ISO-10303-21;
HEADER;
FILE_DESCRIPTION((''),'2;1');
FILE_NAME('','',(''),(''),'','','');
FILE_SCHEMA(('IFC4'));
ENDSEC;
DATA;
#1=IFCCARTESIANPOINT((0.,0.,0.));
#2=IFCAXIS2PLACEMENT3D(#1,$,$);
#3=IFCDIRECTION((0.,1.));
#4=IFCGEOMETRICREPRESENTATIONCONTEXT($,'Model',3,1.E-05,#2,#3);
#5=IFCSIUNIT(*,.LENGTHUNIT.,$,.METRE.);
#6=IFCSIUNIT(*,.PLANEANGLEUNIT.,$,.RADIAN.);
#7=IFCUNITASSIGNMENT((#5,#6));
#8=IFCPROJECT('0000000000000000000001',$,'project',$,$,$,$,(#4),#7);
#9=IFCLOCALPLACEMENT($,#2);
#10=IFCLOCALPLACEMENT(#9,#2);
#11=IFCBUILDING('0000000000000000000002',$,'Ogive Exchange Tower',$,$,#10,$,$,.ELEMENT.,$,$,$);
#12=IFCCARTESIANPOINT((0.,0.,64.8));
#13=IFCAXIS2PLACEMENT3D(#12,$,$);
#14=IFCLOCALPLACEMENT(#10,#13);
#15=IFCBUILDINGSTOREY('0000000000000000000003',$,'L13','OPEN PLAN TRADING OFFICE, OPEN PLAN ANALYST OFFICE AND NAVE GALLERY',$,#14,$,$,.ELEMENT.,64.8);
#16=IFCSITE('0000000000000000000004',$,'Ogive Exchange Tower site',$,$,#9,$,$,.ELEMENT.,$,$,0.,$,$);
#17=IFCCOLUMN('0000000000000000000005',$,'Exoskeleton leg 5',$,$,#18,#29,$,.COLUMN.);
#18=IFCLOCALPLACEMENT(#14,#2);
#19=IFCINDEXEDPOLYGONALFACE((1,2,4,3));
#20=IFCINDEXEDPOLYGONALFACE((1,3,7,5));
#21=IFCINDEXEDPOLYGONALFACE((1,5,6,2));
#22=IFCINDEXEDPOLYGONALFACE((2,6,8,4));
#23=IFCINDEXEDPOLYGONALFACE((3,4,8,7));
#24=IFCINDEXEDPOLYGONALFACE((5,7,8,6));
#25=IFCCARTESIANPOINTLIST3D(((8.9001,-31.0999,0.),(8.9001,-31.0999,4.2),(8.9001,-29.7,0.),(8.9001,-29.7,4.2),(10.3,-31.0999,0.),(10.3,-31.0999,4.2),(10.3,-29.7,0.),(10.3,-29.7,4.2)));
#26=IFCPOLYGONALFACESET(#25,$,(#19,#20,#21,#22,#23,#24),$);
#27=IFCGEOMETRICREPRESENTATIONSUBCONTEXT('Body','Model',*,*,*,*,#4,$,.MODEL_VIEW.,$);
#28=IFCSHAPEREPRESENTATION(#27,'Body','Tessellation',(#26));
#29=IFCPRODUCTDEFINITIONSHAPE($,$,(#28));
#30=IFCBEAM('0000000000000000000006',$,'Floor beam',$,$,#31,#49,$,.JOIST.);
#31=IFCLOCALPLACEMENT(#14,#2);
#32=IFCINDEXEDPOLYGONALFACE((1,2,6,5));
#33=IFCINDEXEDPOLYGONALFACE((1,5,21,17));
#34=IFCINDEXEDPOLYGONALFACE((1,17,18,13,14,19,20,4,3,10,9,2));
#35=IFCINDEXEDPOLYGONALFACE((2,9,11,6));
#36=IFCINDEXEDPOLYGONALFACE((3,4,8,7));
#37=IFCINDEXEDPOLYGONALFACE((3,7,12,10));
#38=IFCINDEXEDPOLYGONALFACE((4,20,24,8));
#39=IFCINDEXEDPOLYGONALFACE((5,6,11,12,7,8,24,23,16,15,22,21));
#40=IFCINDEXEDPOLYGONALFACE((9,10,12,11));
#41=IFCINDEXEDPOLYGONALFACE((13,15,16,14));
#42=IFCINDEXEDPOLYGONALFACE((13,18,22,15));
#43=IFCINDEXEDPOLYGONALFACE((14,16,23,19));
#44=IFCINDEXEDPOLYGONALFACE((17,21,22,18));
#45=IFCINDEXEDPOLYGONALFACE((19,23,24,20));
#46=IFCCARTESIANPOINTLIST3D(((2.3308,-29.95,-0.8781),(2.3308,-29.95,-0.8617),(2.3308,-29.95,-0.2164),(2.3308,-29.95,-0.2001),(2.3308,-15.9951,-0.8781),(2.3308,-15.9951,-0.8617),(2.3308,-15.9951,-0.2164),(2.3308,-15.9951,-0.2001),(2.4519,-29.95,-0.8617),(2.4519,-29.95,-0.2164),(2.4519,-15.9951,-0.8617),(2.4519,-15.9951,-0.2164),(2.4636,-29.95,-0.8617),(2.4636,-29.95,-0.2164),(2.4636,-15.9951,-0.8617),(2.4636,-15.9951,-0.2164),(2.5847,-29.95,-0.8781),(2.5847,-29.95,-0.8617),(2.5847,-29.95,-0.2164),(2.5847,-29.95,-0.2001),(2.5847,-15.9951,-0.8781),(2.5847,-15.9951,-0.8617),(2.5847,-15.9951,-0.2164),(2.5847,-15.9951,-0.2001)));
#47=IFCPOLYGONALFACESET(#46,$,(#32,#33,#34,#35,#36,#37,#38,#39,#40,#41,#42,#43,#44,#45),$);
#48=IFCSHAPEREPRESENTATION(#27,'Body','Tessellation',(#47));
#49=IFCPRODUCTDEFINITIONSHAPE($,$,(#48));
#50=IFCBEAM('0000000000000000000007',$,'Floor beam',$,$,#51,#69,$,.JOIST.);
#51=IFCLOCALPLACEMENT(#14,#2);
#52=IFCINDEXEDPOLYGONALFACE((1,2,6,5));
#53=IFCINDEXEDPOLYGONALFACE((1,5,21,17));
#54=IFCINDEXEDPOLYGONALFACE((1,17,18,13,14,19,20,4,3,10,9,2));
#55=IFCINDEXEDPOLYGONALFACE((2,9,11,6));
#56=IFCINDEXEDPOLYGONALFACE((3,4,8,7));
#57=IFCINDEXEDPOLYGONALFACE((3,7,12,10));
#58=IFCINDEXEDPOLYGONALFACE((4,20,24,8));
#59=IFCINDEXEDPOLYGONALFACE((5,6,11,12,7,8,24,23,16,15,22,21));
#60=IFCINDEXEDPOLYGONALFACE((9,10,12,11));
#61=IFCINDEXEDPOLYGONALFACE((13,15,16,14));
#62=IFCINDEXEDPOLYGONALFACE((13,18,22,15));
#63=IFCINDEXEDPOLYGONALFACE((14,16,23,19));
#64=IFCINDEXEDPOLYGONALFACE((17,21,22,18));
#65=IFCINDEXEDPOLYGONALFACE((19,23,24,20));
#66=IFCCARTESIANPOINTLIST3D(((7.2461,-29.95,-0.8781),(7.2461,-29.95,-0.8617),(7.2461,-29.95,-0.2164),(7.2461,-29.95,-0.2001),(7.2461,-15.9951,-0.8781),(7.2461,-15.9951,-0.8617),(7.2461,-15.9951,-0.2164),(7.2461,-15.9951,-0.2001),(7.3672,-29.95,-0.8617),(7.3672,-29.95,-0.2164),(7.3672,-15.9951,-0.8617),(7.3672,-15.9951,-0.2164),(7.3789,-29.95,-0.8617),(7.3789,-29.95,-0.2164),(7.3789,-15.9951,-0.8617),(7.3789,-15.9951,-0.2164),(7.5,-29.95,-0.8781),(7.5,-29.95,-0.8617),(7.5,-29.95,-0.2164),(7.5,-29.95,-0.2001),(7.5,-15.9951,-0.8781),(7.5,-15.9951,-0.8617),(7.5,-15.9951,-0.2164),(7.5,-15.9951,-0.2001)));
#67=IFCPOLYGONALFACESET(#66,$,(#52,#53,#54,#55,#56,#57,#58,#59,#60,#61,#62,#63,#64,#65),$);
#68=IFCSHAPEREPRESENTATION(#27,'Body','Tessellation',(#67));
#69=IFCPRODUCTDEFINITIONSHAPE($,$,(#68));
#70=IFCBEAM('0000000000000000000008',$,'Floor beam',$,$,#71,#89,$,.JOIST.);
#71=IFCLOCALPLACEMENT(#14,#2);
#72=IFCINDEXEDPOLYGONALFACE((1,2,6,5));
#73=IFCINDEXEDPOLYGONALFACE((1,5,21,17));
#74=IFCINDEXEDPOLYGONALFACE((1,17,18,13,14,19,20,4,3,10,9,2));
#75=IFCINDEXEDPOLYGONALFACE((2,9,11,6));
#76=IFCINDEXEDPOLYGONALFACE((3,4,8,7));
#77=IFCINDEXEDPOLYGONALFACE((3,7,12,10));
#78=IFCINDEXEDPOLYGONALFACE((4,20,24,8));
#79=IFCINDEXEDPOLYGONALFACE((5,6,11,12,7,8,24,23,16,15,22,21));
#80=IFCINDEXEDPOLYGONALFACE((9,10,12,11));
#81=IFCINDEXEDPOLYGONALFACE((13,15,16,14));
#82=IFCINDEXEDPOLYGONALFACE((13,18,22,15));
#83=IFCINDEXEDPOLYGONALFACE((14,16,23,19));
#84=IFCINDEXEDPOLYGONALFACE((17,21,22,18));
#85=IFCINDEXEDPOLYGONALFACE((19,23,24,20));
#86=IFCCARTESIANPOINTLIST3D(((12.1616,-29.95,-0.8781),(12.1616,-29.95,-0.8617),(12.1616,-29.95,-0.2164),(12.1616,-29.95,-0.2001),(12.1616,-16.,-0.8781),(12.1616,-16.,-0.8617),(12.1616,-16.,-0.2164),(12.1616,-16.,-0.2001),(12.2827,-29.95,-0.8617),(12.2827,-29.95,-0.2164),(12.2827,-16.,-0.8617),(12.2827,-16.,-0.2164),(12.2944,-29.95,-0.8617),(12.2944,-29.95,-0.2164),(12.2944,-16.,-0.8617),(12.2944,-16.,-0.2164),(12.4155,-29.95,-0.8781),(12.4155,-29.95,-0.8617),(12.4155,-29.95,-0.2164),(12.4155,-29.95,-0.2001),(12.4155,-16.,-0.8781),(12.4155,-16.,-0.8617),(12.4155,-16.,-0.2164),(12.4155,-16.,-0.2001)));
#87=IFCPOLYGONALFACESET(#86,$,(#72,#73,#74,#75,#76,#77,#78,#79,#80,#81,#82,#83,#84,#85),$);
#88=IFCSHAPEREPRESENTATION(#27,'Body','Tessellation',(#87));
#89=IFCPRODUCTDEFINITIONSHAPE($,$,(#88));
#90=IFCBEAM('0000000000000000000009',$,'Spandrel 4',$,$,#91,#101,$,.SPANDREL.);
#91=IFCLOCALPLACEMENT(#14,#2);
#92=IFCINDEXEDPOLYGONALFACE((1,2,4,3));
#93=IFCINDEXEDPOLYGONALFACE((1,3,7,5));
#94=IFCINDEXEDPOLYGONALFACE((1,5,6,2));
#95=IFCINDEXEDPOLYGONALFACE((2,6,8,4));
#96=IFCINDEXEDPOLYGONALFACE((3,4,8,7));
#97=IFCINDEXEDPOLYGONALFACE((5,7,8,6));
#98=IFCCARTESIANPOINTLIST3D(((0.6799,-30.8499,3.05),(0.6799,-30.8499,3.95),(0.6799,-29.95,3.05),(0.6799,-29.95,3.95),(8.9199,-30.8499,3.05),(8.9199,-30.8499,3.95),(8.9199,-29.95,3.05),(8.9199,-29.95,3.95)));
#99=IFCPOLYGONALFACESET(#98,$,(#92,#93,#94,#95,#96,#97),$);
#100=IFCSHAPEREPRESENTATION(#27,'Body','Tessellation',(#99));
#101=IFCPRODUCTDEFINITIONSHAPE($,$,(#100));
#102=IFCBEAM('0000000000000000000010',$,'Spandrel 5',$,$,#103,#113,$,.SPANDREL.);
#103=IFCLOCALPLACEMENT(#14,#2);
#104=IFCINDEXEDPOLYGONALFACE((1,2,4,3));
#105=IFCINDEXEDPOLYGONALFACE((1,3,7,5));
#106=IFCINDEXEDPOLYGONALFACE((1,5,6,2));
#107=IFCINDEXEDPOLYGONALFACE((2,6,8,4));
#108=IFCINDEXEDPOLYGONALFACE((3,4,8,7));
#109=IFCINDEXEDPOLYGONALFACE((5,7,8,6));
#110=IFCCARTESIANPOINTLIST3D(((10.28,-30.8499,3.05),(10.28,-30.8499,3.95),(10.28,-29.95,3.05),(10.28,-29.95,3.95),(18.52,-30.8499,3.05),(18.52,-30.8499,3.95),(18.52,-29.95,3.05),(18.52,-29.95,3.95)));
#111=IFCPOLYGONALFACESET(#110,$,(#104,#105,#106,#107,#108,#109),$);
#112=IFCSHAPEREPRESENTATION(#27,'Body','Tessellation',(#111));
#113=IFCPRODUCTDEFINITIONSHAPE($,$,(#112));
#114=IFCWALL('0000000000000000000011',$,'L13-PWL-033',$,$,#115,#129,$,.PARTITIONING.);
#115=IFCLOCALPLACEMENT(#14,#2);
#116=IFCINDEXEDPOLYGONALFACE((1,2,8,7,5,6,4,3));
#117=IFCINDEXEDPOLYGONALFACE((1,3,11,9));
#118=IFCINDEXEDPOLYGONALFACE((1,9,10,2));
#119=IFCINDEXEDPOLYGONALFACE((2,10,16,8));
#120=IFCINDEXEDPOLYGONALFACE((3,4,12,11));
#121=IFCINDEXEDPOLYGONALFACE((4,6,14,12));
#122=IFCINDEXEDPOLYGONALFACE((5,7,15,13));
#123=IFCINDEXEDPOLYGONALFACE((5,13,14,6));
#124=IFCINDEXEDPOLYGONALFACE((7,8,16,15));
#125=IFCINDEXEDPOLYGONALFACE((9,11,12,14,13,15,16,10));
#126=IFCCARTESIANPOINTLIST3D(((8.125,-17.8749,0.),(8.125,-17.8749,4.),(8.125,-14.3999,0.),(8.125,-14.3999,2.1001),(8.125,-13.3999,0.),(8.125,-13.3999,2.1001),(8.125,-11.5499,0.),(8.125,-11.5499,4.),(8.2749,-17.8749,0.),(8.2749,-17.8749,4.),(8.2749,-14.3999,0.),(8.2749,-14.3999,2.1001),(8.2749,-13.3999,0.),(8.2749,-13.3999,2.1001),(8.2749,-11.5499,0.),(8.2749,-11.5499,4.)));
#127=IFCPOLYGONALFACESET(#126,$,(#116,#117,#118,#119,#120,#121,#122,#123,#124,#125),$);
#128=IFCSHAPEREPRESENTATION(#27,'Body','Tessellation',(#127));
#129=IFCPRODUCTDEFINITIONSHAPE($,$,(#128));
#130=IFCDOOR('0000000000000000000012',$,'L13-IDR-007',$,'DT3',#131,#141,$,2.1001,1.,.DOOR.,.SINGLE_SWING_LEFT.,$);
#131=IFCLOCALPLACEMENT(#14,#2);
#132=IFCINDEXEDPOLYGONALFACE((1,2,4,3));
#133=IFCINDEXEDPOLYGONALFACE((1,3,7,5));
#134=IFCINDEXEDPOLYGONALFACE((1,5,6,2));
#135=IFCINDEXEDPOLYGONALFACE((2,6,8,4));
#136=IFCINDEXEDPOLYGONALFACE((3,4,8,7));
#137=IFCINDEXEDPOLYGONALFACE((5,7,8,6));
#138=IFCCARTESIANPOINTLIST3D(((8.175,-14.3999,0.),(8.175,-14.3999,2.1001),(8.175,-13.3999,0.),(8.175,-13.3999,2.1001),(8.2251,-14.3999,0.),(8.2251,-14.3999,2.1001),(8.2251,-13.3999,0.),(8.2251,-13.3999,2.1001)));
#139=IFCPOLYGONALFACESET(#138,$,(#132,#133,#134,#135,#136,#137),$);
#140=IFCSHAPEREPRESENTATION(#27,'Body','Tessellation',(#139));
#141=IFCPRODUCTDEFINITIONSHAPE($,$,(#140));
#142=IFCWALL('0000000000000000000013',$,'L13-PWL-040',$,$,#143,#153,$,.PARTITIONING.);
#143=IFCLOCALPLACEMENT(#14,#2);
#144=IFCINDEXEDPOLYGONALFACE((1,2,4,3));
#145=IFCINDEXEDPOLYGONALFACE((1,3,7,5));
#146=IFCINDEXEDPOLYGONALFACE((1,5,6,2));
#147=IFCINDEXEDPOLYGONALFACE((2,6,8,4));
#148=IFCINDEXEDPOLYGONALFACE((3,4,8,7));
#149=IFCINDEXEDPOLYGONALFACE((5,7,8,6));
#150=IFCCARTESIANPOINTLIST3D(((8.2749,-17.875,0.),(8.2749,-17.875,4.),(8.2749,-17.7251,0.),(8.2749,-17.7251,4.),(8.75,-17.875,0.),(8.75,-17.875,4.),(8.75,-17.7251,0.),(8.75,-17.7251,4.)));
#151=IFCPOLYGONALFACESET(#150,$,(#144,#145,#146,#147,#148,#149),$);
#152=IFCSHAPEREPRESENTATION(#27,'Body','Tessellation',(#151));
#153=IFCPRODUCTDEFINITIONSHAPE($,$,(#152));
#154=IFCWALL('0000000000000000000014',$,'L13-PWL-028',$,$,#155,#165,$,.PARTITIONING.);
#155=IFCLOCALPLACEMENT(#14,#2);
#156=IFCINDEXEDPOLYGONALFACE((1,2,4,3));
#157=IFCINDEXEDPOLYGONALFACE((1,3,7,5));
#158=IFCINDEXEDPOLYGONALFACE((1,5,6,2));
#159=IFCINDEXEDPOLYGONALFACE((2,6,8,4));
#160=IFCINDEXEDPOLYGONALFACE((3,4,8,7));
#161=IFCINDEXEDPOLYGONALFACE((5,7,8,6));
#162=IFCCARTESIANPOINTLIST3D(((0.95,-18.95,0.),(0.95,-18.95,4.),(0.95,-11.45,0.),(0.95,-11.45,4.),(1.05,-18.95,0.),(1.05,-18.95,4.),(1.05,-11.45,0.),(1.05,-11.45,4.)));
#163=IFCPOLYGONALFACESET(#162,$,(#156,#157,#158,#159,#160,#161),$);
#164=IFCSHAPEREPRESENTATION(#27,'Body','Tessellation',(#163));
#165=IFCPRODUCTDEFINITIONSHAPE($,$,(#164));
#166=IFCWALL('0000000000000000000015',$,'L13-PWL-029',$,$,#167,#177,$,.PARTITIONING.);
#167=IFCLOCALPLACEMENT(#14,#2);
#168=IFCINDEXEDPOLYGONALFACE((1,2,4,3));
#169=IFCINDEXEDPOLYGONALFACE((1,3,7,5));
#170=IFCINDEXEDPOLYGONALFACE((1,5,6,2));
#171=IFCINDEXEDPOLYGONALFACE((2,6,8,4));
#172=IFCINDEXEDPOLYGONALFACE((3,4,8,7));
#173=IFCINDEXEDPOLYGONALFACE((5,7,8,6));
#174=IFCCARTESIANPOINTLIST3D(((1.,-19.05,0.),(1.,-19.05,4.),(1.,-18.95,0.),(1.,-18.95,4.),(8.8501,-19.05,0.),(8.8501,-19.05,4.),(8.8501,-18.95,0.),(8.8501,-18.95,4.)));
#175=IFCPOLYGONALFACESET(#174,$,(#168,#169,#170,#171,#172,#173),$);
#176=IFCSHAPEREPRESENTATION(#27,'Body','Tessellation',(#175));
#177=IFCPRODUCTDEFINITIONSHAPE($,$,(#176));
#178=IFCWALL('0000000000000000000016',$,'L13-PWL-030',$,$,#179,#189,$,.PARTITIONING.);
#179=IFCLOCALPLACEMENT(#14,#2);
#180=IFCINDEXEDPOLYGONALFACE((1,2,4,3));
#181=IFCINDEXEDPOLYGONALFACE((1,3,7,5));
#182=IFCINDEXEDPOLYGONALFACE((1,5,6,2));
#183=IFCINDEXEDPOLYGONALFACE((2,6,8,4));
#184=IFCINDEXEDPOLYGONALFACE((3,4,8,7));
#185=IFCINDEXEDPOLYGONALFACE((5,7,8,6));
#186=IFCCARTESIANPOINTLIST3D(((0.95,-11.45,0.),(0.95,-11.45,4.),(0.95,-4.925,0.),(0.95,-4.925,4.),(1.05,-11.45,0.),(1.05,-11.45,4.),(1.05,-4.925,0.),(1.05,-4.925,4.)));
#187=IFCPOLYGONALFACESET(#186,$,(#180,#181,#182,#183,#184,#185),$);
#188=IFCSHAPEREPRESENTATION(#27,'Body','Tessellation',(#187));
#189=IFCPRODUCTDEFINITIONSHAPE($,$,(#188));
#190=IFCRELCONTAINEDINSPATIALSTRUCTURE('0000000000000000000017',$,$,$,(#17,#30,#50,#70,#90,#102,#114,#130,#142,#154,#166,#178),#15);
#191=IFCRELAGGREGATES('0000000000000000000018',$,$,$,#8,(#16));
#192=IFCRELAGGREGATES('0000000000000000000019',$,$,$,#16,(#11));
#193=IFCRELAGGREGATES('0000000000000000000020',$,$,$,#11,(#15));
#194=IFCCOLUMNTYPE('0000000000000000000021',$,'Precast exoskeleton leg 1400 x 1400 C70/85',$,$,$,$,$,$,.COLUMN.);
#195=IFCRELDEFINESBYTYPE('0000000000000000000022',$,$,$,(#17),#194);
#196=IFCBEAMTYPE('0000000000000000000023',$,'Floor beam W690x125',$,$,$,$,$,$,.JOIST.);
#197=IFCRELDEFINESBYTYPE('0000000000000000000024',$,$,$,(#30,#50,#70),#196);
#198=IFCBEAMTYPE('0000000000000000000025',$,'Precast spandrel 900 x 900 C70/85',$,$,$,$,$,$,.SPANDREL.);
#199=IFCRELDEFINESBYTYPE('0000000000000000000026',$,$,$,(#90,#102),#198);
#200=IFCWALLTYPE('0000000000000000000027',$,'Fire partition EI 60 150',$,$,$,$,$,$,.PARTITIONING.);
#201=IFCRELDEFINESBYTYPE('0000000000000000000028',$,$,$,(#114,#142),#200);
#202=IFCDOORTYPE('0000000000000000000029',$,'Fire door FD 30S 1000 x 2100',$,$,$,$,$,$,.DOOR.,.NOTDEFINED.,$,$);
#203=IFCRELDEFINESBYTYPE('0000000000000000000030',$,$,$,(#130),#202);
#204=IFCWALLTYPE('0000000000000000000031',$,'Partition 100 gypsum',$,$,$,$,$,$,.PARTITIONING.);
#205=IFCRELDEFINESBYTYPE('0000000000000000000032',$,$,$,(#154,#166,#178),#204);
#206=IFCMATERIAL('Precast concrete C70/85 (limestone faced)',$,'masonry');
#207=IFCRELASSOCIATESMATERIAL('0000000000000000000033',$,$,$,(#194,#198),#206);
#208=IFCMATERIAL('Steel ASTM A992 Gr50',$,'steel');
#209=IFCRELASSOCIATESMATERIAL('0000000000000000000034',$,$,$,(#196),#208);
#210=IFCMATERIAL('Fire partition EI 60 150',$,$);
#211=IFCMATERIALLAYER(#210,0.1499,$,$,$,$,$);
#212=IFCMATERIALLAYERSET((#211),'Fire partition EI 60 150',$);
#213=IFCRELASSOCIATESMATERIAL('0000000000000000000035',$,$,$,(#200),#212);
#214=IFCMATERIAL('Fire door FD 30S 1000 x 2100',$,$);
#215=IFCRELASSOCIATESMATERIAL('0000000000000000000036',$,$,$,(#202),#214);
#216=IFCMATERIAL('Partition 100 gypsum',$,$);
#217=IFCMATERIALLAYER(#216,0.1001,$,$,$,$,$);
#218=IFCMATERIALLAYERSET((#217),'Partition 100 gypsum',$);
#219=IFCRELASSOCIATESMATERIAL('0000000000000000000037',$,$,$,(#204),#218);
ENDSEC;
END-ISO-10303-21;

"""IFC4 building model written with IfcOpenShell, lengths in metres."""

from ifc_helpers import new_model, si_unit, direction, frame, frame_2d, origin, origin_2d, place, context, subcontext, project, spatial, rectangle, i_section, extrude, material, layer, layer_set, material_profile, profile_set, type_object, element, fill, save


model = new_model("IFC4")

# Units and contexts
model_context = context("Model", 3, precision=1e-05, world=origin(), true_north=direction((0.0, 1.0)))
body_context = subcontext(model_context, "Body", "Model", "MODEL_VIEW")
ifc_project = project(units=[si_unit("LENGTHUNIT", "METRE"), si_unit("PLANEANGLEUNIT", "RADIAN")], contexts=[model_context])

# Site, building, storey
site_placement = place(None, origin())
site = spatial("IfcSite", under=ifc_project, at=site_placement, Name="Ogive Exchange Tower site", CompositionType="ELEMENT", RefElevation=0.0)
building_placement = place(site_placement, origin())
building = spatial("IfcBuilding", under=site, at=building_placement, Name="Ogive Exchange Tower", CompositionType="ELEMENT")
storey_placement = place(building_placement, frame((0.0, 0.0, 64.8)))
storey = spatial("IfcBuildingStorey", under=building, at=storey_placement, Name="L13", Description="OPEN PLAN TRADING OFFICE, OPEN PLAN ANALYST OFFICE AND NAVE GALLERY", CompositionType="ELEMENT", Elevation=64.8)

# Column
ifc_material_1 = material(Name="Precast concrete C70/85 (limestone faced)", Category="masonry")
ifc_material_profile_1 = material_profile(ifc_material_1, rectangle(XDim=1.3999, YDim=1.3999, at=origin_2d()), Name="1400 x 1400")
ifc_profile_set_1 = profile_set([ifc_material_profile_1], Name="Precast concrete C70/85 (limestone faced)")
column_type = type_object("IfcColumnType", Name="Precast exoskeleton leg 1400 x 1400 C70/85", PredefinedType="COLUMN", material=ifc_profile_set_1)
column_placement = place(storey_placement, frame((9.6001, -30.3999, 0.0), z_axis=(0.0, 0.0, 1.0), x_axis=(1.0, 0.0, 0.0)))
element("IfcColumn", 1, at=column_placement, inside=storey, type_object=column_type, Name="Exoskeleton leg 5", PredefinedType="COLUMN", context=body_context, shape_type="SweptSolid", body=[
    extrude(rectangle(XDim=1.3999, YDim=1.3999, at=origin_2d()), origin(), (0.0, 0.0, 1.0), 4.2),
])

# Beams
ifc_material_2 = material(Name="Steel ASTM A992 Gr50", Category="steel")
ifc_material_profile_2 = material_profile(ifc_material_2, i_section(OverallWidth=0.2539, OverallDepth=0.678, WebThickness=0.0117, FlangeThickness=0.0164, at=origin_2d()), Name="W690x125")
ifc_profile_set_2 = profile_set([ifc_material_profile_2], Name="Steel ASTM A992 Gr50")
beam_type_1 = type_object("IfcBeamType", Name="Floor beam W690x125", PredefinedType="JOIST", material=ifc_profile_set_2)
for number, where, z_axis, x_axis, name in (
    (2, (2.4578, -29.95, -0.5391), (0.0, 1.0, 0.0), (-1.0, 0.0, 0.0), "Floor beam"),
    (3, (7.373, -29.95, -0.5391), (0.0, 1.0, 0.0), (-1.0, 0.0, 0.0), "Floor beam"),
):
    element("IfcBeam", number, at=place(storey_placement, frame(where, z_axis=z_axis, x_axis=x_axis)), inside=storey, type_object=beam_type_1, Name=name, PredefinedType="JOIST", context=body_context, shape_type="SweptSolid", body=[
        extrude(i_section(OverallWidth=0.2539, OverallDepth=0.678, WebThickness=0.0117, FlangeThickness=0.0164, at=origin_2d()), origin(), (0.0, 0.0, 1.0), 13.9548),
    ])
beam_placement = place(storey_placement, frame((12.2886, -29.95, -0.5391), z_axis=(0.0, 1.0, 0.0), x_axis=(-1.0, 0.0, 0.0)))
element("IfcBeam", 4, at=beam_placement, inside=storey, type_object=beam_type_1, Name="Floor beam", PredefinedType="JOIST", context=body_context, shape_type="SweptSolid", body=[
    extrude(i_section(OverallWidth=0.2539, OverallDepth=0.678, WebThickness=0.0117, FlangeThickness=0.0164, at=origin_2d()), origin(), (0.0, 0.0, 1.0), 13.95),
])
ifc_material_profile_3 = material_profile(ifc_material_1, rectangle(XDim=0.8999, YDim=0.8999, at=origin_2d()), Name="900 x 900")
ifc_profile_set_3 = profile_set([ifc_material_profile_3], Name="Precast concrete C70/85 (limestone faced)")
beam_type_2 = type_object("IfcBeamType", Name="Precast spandrel 900 x 900 C70/85", PredefinedType="SPANDREL", material=ifc_profile_set_3)
for number, where, z_axis, x_axis, name in (
    (5, (0.6799, -30.3999, 3.5), (1.0, 0.0, 0.0), (0.0, 1.0, 0.0), "Spandrel 4"),
    (6, (10.28, -30.3999, 3.5), (1.0, 0.0, 0.0), (0.0, 1.0, 0.0), "Spandrel 5"),
):
    element("IfcBeam", number, at=place(storey_placement, frame(where, z_axis=z_axis, x_axis=x_axis)), inside=storey, type_object=beam_type_2, Name=name, PredefinedType="SPANDREL", context=body_context, shape_type="SweptSolid", body=[
        extrude(rectangle(XDim=0.8999, YDim=0.8999, at=origin_2d()), origin(), (0.0, 0.0, 1.0), 8.24),
    ])

# Wall, opening, door
ifc_material_3 = material(Name="Fire partition EI 60 150")
ifc_layer_1 = layer(ifc_material_3, 0.1499)
ifc_layer_set_1 = layer_set([ifc_layer_1], Name="Fire partition EI 60 150")
wall_type_1 = type_object("IfcWallType", Name="Fire partition EI 60 150", PredefinedType="PARTITIONING", material=ifc_layer_set_1)
wall_1_placement = place(storey_placement, frame((8.2, -17.875, 0.0), z_axis=(0.0, 0.0, 1.0), x_axis=(0.0, 1.0, 0.0)))
wall_1 = element("IfcWall", 7, at=wall_1_placement, inside=storey, type_object=wall_type_1, Name="L13-PWL-033", PredefinedType="PARTITIONING", context=body_context, shape_type="SweptSolid", body=[
    extrude(rectangle(XDim=6.325, YDim=0.1499, at=frame_2d((3.1626, 0.0))), origin(), (0.0, 0.0, 1.0), 4.0),
])
opening_1_placement = place(wall_1_placement, frame((3.4751, 0.0, 0.0)))
opening_1 = element("IfcOpeningElement", 8, at=opening_1_placement, cuts=wall_1, PredefinedType="OPENING", context=body_context, shape_type="SweptSolid", body=[
    extrude(rectangle(XDim=1.0, YDim=2.1001, at=frame_2d((0.5, 1.05))), frame((0.0, 0.085, 0.0), z_axis=(0.0, -1.0, 0.0), x_axis=(1.0, 0.0, 0.0)), (0.0, 0.0, 1.0), 0.1699),
])
ifc_material_4 = material(Name="Fire door FD 30S 1000 x 2100")
door_type_1 = type_object("IfcDoorType", Name="Fire door FD 30S 1000 x 2100", OperationType="NOTDEFINED", PredefinedType="DOOR", material=ifc_material_4)
door_1_placement = place(opening_1_placement, origin())
door_1 = element("IfcDoor", 9, at=door_1_placement, inside=storey, type_object=door_type_1, Name="L13-IDR-007", ObjectType="DT3", OperationType="SINGLE_SWING_LEFT", OverallHeight=2.1001, OverallWidth=1.0, PredefinedType="DOOR", context=body_context, shape_type="SweptSolid", body=[
    extrude(rectangle(XDim=1.0, YDim=2.1001, at=frame_2d((0.5, 1.05))), frame((0.0, 0.0249, 0.0), z_axis=(0.0, -1.0, 0.0), x_axis=(1.0, 0.0, 0.0)), (0.0, 0.0, 1.0), 0.05),
])
fill(opening_1, door_1)

# Walls
wall_2_placement = place(storey_placement, frame((8.75, -17.8, 0.0), z_axis=(0.0, 0.0, 1.0), x_axis=(-1.0, 0.0, 0.0)))
element("IfcWall", 10, at=wall_2_placement, inside=storey, type_object=wall_type_1, Name="L13-PWL-040", PredefinedType="PARTITIONING", context=body_context, shape_type="SweptSolid", body=[
    extrude(rectangle(XDim=0.4751, YDim=0.1499, at=frame_2d((0.2375, 0.0))), origin(), (0.0, 0.0, 1.0), 4.0),
])
ifc_material_5 = material(Name="Partition 100 gypsum")
ifc_layer_2 = layer(ifc_material_5, 0.1001)
ifc_layer_set_2 = layer_set([ifc_layer_2], Name="Partition 100 gypsum")
wall_type_2 = type_object("IfcWallType", Name="Partition 100 gypsum", PredefinedType="PARTITIONING", material=ifc_layer_set_2)
wall_3_placement = place(storey_placement, frame((1.0, -18.95, 0.0), z_axis=(0.0, 0.0, 1.0), x_axis=(0.0, 1.0, 0.0)))
element("IfcWall", 11, at=wall_3_placement, inside=storey, type_object=wall_type_2, Name="L13-PWL-028", PredefinedType="PARTITIONING", context=body_context, shape_type="SweptSolid", body=[
    extrude(rectangle(XDim=7.5, YDim=0.1001, at=frame_2d((3.75, 0.0))), origin(), (0.0, 0.0, 1.0), 4.0),
])
wall_4_placement = place(storey_placement, frame((1.0, -19.0, 0.0), z_axis=(0.0, 0.0, 1.0), x_axis=(1.0, 0.0, 0.0)))
element("IfcWall", 12, at=wall_4_placement, inside=storey, type_object=wall_type_2, Name="L13-PWL-029", PredefinedType="PARTITIONING", context=body_context, shape_type="SweptSolid", body=[
    extrude(rectangle(XDim=7.8501, YDim=0.1001, at=frame_2d((3.925, 0.0))), origin(), (0.0, 0.0, 1.0), 4.0),
])
wall_5_placement = place(storey_placement, frame((1.0, -11.45, 0.0), z_axis=(0.0, 0.0, 1.0), x_axis=(0.0, 1.0, 0.0)))
element("IfcWall", 13, at=wall_5_placement, inside=storey, type_object=wall_type_2, Name="L13-PWL-030", PredefinedType="PARTITIONING", context=body_context, shape_type="SweptSolid", body=[
    extrude(rectangle(XDim=6.5249, YDim=0.1001, at=frame_2d((3.2625, 0.0))), origin(), (0.0, 0.0, 1.0), 4.0),
])

save(model, "model.ifc")
